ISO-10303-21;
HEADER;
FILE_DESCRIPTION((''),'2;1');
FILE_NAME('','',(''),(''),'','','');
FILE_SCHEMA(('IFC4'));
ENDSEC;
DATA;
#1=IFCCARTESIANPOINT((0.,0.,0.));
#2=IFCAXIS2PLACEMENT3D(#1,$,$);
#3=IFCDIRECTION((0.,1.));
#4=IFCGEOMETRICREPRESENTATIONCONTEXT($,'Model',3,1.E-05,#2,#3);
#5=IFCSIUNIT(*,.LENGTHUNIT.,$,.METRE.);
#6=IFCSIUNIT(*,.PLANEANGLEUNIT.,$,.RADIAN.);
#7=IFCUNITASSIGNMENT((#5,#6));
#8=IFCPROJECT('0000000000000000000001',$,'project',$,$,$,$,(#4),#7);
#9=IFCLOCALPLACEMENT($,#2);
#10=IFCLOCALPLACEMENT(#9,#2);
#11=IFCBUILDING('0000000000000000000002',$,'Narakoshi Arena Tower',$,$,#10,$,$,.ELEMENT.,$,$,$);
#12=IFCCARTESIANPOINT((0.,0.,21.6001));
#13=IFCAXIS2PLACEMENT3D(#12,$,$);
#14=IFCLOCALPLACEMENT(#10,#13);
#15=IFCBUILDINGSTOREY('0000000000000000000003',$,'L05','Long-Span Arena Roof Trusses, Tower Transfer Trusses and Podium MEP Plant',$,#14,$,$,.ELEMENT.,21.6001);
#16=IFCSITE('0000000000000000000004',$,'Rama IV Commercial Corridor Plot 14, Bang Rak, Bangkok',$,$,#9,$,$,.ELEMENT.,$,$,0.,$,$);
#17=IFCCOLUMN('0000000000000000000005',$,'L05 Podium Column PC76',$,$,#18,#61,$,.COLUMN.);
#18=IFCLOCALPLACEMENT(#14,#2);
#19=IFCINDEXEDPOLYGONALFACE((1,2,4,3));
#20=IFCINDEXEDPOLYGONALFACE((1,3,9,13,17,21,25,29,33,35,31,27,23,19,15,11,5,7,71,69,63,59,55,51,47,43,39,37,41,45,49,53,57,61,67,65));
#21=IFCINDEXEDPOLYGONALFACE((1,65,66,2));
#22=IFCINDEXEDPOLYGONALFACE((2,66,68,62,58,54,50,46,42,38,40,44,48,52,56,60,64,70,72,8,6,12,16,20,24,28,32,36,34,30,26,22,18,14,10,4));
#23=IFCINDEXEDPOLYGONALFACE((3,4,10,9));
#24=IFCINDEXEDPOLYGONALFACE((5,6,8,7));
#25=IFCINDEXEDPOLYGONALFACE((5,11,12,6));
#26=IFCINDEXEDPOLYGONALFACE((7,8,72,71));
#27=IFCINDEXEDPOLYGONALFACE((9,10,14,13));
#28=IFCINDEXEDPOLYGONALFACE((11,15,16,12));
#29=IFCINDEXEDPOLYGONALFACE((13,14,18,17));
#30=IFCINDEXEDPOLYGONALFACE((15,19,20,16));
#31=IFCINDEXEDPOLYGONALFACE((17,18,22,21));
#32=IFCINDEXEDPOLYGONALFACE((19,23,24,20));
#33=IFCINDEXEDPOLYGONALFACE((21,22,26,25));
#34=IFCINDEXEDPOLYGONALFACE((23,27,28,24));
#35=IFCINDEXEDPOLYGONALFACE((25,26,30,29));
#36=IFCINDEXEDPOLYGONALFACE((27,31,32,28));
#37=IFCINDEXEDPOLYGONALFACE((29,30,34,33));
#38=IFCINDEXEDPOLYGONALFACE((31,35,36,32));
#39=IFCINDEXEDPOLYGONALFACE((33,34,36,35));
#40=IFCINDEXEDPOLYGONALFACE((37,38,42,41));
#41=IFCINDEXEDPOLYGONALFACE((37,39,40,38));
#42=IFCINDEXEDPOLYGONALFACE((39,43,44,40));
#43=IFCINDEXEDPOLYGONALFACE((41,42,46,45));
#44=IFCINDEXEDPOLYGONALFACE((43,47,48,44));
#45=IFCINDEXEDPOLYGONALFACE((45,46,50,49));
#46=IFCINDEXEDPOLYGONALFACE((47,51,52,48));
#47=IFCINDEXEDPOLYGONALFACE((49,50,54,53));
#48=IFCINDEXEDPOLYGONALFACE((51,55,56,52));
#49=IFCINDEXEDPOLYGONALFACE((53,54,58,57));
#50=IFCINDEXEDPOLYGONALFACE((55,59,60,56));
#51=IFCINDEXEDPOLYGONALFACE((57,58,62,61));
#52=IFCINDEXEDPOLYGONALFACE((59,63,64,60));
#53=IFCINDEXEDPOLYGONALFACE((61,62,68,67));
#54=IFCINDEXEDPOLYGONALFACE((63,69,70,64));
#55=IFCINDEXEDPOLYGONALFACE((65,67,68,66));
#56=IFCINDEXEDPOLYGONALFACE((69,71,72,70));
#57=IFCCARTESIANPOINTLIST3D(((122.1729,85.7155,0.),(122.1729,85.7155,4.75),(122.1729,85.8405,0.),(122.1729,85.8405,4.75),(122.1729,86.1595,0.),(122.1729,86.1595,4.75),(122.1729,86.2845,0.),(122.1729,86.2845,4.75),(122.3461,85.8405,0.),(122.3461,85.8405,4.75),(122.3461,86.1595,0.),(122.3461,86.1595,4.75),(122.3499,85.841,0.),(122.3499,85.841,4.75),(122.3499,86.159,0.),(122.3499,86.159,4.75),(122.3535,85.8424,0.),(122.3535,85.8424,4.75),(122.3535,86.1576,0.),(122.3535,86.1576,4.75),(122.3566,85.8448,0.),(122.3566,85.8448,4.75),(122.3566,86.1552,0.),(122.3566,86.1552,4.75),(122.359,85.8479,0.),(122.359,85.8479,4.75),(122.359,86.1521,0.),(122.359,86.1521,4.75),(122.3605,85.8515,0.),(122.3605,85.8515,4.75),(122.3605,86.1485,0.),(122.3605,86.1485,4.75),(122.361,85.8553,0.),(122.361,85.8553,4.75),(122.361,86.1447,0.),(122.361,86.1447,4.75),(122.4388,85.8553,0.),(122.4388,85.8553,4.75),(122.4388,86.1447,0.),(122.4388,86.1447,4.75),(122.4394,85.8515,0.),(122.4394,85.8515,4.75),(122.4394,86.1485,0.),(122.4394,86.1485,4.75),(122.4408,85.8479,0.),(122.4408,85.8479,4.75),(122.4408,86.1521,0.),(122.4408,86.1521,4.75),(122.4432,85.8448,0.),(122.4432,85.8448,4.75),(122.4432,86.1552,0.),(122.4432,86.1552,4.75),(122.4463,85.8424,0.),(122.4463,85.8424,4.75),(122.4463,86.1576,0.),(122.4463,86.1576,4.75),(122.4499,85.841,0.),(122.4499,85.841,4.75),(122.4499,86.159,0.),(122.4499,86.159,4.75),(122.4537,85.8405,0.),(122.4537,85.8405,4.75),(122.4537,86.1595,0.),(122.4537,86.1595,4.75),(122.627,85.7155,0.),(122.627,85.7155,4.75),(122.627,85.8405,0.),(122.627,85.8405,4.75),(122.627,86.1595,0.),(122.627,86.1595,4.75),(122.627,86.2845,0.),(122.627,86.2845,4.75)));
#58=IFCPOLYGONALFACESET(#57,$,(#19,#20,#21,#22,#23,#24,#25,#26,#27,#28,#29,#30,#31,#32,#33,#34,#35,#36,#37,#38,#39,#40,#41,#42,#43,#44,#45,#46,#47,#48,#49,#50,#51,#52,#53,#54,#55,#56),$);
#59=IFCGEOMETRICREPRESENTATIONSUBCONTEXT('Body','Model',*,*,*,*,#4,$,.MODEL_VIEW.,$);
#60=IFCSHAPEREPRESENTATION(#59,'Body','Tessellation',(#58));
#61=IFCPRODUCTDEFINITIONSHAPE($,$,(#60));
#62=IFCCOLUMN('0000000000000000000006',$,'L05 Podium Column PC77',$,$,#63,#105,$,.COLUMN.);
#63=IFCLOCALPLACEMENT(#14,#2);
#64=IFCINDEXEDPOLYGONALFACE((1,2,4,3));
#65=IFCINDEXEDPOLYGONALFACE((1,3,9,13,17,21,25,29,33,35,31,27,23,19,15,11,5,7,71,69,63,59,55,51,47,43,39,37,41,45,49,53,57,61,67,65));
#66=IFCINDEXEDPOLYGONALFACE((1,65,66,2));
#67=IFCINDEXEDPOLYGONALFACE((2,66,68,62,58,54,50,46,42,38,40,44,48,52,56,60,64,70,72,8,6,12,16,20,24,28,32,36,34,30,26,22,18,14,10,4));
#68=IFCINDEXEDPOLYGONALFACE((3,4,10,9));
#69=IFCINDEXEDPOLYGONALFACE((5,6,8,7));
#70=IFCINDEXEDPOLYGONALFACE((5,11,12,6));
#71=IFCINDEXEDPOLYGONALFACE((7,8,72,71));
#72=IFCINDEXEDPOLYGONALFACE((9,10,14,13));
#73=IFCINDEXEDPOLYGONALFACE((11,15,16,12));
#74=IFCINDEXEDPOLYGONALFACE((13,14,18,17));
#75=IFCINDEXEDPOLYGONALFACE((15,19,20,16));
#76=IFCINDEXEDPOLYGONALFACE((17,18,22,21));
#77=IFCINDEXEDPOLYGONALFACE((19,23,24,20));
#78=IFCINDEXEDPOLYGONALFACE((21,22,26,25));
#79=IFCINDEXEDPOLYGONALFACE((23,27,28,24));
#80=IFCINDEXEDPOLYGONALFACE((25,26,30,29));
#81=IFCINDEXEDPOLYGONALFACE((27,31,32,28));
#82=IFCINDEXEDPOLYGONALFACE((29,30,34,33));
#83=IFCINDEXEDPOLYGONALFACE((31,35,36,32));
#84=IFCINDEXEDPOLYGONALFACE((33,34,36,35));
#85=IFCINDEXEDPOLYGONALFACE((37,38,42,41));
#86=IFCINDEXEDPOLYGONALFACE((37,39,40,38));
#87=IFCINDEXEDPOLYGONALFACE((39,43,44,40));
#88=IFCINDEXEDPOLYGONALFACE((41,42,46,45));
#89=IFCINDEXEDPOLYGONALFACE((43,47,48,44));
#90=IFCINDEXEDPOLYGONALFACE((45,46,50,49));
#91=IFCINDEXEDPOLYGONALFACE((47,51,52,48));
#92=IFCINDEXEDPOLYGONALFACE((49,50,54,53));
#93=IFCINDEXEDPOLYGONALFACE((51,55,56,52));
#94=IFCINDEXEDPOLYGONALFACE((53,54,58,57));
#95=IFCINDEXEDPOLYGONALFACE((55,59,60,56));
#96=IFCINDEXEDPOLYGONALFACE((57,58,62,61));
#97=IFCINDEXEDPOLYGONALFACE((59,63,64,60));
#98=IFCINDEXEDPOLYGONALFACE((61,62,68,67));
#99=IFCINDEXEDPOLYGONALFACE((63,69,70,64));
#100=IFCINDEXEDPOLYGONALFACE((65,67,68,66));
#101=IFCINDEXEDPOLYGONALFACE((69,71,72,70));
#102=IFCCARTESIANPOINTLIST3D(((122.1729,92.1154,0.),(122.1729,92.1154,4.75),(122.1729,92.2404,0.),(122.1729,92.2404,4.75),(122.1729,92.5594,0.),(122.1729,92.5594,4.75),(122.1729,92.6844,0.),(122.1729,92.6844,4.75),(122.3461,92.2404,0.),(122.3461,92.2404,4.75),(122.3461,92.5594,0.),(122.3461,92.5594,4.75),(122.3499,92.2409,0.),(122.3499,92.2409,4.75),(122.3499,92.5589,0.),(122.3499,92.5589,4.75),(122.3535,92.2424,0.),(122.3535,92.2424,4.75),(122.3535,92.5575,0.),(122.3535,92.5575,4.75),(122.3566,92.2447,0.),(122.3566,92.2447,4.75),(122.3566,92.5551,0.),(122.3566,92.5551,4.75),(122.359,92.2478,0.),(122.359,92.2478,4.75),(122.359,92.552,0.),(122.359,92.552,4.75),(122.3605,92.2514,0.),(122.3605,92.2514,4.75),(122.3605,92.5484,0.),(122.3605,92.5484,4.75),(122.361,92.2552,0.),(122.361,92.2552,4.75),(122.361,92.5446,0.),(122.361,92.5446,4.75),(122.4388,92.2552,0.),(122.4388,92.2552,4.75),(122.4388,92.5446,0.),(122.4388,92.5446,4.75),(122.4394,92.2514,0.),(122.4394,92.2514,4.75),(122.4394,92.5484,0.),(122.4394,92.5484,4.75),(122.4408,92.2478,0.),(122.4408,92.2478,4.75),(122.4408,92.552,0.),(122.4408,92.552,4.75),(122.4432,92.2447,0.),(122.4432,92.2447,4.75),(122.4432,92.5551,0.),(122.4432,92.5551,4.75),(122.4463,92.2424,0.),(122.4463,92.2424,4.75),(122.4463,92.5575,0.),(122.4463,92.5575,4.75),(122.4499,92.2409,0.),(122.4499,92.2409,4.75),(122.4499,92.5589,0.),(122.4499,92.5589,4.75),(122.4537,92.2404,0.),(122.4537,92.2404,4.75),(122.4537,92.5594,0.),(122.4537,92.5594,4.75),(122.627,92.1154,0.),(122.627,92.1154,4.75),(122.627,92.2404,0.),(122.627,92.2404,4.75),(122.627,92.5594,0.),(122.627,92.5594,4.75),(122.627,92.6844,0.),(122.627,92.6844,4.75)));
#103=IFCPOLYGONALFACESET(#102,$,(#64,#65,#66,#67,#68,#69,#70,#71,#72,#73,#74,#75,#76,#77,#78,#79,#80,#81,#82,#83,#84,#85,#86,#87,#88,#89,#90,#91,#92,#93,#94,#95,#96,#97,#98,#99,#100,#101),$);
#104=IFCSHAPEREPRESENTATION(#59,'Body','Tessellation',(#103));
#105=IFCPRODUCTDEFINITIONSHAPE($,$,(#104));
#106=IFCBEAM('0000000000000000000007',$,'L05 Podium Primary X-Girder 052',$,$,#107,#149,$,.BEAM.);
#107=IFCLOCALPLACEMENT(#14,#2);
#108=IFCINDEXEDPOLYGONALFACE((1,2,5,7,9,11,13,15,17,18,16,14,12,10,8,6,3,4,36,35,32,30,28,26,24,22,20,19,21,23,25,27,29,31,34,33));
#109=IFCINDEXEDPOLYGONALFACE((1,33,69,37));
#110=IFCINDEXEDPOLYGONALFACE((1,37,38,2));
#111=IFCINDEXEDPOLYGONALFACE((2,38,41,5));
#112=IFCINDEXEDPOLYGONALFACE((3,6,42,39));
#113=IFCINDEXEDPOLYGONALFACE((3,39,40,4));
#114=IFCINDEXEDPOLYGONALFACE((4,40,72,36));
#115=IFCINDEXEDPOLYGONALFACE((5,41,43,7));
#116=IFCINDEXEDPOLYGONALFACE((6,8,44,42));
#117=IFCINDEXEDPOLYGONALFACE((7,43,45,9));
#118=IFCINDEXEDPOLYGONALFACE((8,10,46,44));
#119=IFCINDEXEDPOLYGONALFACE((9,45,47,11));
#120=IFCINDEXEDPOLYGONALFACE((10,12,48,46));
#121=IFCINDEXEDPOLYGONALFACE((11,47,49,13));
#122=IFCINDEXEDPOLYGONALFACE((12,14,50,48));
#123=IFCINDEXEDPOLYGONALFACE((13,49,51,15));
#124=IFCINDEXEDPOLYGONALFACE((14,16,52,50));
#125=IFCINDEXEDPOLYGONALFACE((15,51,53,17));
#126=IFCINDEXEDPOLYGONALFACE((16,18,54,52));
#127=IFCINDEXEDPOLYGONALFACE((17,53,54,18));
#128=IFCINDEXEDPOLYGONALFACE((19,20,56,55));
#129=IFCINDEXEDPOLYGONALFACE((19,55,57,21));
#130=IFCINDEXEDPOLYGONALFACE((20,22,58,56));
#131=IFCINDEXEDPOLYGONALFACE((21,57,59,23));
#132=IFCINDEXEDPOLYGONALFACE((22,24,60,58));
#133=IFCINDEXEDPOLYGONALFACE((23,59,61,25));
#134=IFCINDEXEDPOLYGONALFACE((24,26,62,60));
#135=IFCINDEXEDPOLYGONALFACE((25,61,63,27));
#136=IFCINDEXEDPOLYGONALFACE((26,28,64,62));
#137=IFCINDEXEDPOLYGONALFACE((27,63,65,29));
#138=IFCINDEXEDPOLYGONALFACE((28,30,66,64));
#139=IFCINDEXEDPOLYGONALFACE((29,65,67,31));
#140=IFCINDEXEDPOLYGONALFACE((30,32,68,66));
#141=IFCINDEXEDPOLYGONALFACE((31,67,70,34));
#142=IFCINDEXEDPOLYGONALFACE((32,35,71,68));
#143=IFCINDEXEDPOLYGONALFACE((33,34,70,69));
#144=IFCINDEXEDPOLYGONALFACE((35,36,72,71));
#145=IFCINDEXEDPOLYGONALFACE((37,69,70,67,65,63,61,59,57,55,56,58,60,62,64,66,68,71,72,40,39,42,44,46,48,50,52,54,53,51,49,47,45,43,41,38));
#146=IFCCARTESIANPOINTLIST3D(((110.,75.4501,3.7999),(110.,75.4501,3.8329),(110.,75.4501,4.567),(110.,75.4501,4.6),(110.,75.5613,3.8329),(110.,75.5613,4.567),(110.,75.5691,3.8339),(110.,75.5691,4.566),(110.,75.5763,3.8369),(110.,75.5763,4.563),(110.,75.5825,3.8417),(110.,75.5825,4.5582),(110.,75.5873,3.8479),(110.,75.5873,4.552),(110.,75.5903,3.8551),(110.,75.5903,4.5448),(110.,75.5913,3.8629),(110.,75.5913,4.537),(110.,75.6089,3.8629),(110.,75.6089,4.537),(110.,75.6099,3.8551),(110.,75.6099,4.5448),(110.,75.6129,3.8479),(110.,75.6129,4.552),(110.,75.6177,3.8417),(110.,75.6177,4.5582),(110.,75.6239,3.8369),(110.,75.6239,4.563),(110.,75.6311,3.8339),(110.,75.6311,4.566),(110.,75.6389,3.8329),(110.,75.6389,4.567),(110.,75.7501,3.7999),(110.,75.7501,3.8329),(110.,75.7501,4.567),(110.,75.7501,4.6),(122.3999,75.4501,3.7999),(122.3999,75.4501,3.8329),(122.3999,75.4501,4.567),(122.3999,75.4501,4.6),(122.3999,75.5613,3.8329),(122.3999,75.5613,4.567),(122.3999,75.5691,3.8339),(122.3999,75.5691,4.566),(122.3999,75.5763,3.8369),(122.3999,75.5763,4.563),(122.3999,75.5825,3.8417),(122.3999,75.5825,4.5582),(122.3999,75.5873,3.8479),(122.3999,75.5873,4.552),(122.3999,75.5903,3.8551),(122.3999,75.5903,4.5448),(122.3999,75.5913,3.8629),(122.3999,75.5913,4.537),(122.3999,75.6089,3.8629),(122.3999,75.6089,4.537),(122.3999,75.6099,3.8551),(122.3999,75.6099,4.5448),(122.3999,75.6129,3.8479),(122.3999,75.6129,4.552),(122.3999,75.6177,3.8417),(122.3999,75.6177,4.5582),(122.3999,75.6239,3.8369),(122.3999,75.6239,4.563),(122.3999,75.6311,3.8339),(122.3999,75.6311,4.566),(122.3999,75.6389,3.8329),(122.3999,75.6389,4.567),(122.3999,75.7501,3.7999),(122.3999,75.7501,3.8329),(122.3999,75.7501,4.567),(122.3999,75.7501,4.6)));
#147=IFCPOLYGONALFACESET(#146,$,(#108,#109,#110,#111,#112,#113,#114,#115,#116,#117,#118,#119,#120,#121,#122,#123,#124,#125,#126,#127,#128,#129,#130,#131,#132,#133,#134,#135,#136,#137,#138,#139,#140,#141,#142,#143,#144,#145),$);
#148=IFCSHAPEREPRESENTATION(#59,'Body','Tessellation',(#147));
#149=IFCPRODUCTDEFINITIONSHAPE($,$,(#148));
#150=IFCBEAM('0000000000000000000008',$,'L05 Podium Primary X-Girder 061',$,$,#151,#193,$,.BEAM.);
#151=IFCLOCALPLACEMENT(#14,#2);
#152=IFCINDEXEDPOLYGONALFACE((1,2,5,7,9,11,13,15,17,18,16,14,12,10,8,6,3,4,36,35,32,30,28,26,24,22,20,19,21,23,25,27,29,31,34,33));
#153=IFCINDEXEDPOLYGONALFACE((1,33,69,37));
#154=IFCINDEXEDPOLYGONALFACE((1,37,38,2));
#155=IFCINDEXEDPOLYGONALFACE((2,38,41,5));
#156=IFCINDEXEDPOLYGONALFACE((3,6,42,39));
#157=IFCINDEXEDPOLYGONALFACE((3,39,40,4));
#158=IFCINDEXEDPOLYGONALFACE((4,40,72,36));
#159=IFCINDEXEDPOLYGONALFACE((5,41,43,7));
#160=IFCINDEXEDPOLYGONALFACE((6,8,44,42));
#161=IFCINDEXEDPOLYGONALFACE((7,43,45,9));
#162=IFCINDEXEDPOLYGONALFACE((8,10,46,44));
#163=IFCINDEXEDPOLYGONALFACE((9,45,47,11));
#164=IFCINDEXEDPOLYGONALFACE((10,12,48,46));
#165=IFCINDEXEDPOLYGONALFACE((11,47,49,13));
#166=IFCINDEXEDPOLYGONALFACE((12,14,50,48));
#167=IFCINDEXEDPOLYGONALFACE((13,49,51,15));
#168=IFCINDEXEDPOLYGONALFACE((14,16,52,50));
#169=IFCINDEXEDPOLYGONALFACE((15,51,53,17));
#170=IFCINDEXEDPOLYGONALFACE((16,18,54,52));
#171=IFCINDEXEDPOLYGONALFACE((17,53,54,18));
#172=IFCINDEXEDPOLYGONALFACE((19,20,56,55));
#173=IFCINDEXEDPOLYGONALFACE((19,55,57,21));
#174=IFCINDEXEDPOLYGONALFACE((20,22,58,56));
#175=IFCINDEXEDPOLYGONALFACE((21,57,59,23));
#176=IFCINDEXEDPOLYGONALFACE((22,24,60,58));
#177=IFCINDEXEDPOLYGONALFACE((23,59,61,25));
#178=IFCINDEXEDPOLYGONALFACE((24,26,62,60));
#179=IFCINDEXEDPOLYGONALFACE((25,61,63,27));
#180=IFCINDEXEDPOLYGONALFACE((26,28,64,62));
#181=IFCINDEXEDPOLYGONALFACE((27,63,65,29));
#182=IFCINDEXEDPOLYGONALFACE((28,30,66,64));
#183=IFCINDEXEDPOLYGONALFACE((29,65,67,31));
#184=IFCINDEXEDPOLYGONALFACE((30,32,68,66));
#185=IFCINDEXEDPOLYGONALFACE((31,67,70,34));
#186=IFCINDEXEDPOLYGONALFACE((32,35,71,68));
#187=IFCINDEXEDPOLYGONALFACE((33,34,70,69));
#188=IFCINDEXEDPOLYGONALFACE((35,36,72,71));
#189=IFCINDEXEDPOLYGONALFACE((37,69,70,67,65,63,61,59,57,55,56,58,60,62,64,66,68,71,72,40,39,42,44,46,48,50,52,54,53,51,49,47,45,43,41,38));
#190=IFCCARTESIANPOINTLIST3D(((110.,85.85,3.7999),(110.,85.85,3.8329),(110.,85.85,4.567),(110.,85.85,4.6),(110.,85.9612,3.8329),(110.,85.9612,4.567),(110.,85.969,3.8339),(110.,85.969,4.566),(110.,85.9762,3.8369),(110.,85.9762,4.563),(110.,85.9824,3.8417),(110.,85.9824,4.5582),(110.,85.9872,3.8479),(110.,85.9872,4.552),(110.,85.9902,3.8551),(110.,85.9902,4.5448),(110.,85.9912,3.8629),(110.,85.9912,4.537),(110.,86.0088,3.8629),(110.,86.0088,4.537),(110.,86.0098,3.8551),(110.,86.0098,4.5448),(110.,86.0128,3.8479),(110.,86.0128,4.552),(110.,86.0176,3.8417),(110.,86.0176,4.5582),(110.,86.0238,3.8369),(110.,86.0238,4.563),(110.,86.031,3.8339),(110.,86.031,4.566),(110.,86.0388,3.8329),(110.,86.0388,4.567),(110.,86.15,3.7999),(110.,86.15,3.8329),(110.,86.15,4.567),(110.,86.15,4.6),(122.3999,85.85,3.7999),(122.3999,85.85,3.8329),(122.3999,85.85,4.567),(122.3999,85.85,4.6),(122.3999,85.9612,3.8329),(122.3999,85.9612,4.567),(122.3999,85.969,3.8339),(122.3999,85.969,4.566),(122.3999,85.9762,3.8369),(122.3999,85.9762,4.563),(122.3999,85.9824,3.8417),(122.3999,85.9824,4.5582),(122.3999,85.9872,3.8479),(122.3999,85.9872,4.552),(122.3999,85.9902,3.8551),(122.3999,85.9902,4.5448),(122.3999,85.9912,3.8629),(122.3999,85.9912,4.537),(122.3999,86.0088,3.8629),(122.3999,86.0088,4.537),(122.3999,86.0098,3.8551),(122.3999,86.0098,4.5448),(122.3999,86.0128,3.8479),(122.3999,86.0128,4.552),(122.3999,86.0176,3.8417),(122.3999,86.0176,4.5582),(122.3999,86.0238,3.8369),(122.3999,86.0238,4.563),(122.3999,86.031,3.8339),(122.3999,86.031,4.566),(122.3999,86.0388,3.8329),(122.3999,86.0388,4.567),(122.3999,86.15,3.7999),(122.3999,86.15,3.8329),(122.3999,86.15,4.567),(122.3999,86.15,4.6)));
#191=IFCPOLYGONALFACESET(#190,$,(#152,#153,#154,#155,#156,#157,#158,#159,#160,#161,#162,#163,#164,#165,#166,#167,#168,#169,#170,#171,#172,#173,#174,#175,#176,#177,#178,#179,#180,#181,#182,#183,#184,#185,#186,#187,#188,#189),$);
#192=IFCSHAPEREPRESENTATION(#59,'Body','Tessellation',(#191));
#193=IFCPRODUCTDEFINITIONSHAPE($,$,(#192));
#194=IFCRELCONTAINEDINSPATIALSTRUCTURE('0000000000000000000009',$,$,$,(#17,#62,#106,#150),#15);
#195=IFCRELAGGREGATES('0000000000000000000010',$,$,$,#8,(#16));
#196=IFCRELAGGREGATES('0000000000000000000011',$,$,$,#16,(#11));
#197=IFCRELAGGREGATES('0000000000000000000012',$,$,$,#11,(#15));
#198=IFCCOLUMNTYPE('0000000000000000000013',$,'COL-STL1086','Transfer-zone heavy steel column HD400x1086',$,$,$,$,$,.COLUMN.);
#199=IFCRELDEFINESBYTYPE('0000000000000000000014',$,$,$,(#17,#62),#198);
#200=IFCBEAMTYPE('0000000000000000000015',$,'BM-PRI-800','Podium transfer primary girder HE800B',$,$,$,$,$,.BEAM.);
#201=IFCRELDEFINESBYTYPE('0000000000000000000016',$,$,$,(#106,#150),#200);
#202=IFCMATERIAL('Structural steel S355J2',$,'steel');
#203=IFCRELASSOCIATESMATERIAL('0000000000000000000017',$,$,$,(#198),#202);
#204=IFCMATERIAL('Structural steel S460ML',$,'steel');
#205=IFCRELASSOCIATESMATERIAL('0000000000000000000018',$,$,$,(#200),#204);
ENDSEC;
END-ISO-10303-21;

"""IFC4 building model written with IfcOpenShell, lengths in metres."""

from ifc_helpers import new_model, si_unit, direction, frame, origin, origin_2d, place, context, subcontext, project, spatial, i_section, extrude, material, material_profile, profile_set, type_object, element, save


model = new_model("IFC4")

# Units and contexts
model_context = context("Model", 3, precision=1e-05, world=origin(), true_north=direction((0.0, 1.0)))
body_context = subcontext(model_context, "Body", "Model", "MODEL_VIEW")
ifc_project = project(units=[si_unit("LENGTHUNIT", "METRE"), si_unit("PLANEANGLEUNIT", "RADIAN")], contexts=[model_context])

# Site, building, storey
site_placement = place(None, origin())
site = spatial("IfcSite", under=ifc_project, at=site_placement, Name="Rama IV Commercial Corridor Plot 14, Bang Rak, Bangkok", CompositionType="ELEMENT", RefElevation=0.0)
building_placement = place(site_placement, origin())
building = spatial("IfcBuilding", under=site, at=building_placement, Name="Narakoshi Arena Tower", CompositionType="ELEMENT")
storey_placement = place(building_placement, frame((0.0, 0.0, 21.6001)))
storey = spatial("IfcBuildingStorey", under=building, at=storey_placement, Name="L05", Description="Long-Span Arena Roof Trusses, Tower Transfer Trusses and Podium MEP Plant", CompositionType="ELEMENT", Elevation=21.6001)

# Columns
ifc_material_1 = material(Name="Structural steel S355J2", Category="steel")
ifc_material_profile_1 = material_profile(ifc_material_1, i_section(OverallWidth=0.4541, OverallDepth=0.5691, WebThickness=0.0779, FlangeThickness=0.125, FilletRadius=0.0149, at=origin_2d()), Name="HD400x1086")
ifc_profile_set_1 = profile_set([ifc_material_profile_1], Name="Structural steel S355J2")
column_type = type_object("IfcColumnType", Name="COL-STL1086", Description="Transfer-zone heavy steel column HD400x1086", PredefinedType="COLUMN", material=ifc_profile_set_1)
for number, where, z_axis, x_axis, name in (
    (1, (122.3999, 86.0, 0.0), (0.0, 0.0, 1.0), (1.0, 0.0, 0.0), "L05 Podium Column PC76"),
    (2, (122.3999, 92.3999, 0.0), (0.0, 0.0, 1.0), (1.0, 0.0, 0.0), "L05 Podium Column PC77"),
):
    element("IfcColumn", number, at=place(storey_placement, frame(where, z_axis=z_axis, x_axis=x_axis)), inside=storey, type_object=column_type, Name=name, PredefinedType="COLUMN", context=body_context, shape_type="SweptSolid", body=[
        extrude(i_section(OverallWidth=0.4541, OverallDepth=0.5691, WebThickness=0.0779, FlangeThickness=0.125, FilletRadius=0.0149, at=origin_2d()), origin(), (0.0, 0.0, 1.0), 4.75),
    ])

# Beams
ifc_material_2 = material(Name="Structural steel S460ML", Category="steel")
ifc_material_profile_2 = material_profile(ifc_material_2, i_section(OverallWidth=0.3, OverallDepth=0.8, WebThickness=0.0176, FlangeThickness=0.033, FilletRadius=0.03, at=origin_2d()), Name="HE800B")
ifc_profile_set_2 = profile_set([ifc_material_profile_2], Name="Structural steel S460ML")
beam_type_1 = type_object("IfcBeamType", Name="BM-PRI-800", Description="Podium transfer primary girder HE800B", PredefinedType="BEAM", material=ifc_profile_set_2)
for number, where, z_axis, x_axis, name in (
    (3, (110.0, 75.6001, 4.2), (1.0, 0.0, 0.0), (0.0, 1.0, 0.0), "L05 Podium Primary X-Girder 052"),
    (4, (110.0, 86.0, 4.2), (1.0, 0.0, 0.0), (0.0, 1.0, 0.0), "L05 Podium Primary X-Girder 061"),
):
    element("IfcBeam", number, at=place(storey_placement, frame(where, z_axis=z_axis, x_axis=x_axis)), inside=storey, type_object=beam_type_1, Name=name, PredefinedType="BEAM", context=body_context, shape_type="SweptSolid", body=[
        extrude(i_section(OverallWidth=0.3, OverallDepth=0.8, WebThickness=0.0176, FlangeThickness=0.033, FilletRadius=0.03, at=origin_2d()), origin(), (0.0, 0.0, 1.0), 12.3999),
    ])

save(model, "model.ifc")
